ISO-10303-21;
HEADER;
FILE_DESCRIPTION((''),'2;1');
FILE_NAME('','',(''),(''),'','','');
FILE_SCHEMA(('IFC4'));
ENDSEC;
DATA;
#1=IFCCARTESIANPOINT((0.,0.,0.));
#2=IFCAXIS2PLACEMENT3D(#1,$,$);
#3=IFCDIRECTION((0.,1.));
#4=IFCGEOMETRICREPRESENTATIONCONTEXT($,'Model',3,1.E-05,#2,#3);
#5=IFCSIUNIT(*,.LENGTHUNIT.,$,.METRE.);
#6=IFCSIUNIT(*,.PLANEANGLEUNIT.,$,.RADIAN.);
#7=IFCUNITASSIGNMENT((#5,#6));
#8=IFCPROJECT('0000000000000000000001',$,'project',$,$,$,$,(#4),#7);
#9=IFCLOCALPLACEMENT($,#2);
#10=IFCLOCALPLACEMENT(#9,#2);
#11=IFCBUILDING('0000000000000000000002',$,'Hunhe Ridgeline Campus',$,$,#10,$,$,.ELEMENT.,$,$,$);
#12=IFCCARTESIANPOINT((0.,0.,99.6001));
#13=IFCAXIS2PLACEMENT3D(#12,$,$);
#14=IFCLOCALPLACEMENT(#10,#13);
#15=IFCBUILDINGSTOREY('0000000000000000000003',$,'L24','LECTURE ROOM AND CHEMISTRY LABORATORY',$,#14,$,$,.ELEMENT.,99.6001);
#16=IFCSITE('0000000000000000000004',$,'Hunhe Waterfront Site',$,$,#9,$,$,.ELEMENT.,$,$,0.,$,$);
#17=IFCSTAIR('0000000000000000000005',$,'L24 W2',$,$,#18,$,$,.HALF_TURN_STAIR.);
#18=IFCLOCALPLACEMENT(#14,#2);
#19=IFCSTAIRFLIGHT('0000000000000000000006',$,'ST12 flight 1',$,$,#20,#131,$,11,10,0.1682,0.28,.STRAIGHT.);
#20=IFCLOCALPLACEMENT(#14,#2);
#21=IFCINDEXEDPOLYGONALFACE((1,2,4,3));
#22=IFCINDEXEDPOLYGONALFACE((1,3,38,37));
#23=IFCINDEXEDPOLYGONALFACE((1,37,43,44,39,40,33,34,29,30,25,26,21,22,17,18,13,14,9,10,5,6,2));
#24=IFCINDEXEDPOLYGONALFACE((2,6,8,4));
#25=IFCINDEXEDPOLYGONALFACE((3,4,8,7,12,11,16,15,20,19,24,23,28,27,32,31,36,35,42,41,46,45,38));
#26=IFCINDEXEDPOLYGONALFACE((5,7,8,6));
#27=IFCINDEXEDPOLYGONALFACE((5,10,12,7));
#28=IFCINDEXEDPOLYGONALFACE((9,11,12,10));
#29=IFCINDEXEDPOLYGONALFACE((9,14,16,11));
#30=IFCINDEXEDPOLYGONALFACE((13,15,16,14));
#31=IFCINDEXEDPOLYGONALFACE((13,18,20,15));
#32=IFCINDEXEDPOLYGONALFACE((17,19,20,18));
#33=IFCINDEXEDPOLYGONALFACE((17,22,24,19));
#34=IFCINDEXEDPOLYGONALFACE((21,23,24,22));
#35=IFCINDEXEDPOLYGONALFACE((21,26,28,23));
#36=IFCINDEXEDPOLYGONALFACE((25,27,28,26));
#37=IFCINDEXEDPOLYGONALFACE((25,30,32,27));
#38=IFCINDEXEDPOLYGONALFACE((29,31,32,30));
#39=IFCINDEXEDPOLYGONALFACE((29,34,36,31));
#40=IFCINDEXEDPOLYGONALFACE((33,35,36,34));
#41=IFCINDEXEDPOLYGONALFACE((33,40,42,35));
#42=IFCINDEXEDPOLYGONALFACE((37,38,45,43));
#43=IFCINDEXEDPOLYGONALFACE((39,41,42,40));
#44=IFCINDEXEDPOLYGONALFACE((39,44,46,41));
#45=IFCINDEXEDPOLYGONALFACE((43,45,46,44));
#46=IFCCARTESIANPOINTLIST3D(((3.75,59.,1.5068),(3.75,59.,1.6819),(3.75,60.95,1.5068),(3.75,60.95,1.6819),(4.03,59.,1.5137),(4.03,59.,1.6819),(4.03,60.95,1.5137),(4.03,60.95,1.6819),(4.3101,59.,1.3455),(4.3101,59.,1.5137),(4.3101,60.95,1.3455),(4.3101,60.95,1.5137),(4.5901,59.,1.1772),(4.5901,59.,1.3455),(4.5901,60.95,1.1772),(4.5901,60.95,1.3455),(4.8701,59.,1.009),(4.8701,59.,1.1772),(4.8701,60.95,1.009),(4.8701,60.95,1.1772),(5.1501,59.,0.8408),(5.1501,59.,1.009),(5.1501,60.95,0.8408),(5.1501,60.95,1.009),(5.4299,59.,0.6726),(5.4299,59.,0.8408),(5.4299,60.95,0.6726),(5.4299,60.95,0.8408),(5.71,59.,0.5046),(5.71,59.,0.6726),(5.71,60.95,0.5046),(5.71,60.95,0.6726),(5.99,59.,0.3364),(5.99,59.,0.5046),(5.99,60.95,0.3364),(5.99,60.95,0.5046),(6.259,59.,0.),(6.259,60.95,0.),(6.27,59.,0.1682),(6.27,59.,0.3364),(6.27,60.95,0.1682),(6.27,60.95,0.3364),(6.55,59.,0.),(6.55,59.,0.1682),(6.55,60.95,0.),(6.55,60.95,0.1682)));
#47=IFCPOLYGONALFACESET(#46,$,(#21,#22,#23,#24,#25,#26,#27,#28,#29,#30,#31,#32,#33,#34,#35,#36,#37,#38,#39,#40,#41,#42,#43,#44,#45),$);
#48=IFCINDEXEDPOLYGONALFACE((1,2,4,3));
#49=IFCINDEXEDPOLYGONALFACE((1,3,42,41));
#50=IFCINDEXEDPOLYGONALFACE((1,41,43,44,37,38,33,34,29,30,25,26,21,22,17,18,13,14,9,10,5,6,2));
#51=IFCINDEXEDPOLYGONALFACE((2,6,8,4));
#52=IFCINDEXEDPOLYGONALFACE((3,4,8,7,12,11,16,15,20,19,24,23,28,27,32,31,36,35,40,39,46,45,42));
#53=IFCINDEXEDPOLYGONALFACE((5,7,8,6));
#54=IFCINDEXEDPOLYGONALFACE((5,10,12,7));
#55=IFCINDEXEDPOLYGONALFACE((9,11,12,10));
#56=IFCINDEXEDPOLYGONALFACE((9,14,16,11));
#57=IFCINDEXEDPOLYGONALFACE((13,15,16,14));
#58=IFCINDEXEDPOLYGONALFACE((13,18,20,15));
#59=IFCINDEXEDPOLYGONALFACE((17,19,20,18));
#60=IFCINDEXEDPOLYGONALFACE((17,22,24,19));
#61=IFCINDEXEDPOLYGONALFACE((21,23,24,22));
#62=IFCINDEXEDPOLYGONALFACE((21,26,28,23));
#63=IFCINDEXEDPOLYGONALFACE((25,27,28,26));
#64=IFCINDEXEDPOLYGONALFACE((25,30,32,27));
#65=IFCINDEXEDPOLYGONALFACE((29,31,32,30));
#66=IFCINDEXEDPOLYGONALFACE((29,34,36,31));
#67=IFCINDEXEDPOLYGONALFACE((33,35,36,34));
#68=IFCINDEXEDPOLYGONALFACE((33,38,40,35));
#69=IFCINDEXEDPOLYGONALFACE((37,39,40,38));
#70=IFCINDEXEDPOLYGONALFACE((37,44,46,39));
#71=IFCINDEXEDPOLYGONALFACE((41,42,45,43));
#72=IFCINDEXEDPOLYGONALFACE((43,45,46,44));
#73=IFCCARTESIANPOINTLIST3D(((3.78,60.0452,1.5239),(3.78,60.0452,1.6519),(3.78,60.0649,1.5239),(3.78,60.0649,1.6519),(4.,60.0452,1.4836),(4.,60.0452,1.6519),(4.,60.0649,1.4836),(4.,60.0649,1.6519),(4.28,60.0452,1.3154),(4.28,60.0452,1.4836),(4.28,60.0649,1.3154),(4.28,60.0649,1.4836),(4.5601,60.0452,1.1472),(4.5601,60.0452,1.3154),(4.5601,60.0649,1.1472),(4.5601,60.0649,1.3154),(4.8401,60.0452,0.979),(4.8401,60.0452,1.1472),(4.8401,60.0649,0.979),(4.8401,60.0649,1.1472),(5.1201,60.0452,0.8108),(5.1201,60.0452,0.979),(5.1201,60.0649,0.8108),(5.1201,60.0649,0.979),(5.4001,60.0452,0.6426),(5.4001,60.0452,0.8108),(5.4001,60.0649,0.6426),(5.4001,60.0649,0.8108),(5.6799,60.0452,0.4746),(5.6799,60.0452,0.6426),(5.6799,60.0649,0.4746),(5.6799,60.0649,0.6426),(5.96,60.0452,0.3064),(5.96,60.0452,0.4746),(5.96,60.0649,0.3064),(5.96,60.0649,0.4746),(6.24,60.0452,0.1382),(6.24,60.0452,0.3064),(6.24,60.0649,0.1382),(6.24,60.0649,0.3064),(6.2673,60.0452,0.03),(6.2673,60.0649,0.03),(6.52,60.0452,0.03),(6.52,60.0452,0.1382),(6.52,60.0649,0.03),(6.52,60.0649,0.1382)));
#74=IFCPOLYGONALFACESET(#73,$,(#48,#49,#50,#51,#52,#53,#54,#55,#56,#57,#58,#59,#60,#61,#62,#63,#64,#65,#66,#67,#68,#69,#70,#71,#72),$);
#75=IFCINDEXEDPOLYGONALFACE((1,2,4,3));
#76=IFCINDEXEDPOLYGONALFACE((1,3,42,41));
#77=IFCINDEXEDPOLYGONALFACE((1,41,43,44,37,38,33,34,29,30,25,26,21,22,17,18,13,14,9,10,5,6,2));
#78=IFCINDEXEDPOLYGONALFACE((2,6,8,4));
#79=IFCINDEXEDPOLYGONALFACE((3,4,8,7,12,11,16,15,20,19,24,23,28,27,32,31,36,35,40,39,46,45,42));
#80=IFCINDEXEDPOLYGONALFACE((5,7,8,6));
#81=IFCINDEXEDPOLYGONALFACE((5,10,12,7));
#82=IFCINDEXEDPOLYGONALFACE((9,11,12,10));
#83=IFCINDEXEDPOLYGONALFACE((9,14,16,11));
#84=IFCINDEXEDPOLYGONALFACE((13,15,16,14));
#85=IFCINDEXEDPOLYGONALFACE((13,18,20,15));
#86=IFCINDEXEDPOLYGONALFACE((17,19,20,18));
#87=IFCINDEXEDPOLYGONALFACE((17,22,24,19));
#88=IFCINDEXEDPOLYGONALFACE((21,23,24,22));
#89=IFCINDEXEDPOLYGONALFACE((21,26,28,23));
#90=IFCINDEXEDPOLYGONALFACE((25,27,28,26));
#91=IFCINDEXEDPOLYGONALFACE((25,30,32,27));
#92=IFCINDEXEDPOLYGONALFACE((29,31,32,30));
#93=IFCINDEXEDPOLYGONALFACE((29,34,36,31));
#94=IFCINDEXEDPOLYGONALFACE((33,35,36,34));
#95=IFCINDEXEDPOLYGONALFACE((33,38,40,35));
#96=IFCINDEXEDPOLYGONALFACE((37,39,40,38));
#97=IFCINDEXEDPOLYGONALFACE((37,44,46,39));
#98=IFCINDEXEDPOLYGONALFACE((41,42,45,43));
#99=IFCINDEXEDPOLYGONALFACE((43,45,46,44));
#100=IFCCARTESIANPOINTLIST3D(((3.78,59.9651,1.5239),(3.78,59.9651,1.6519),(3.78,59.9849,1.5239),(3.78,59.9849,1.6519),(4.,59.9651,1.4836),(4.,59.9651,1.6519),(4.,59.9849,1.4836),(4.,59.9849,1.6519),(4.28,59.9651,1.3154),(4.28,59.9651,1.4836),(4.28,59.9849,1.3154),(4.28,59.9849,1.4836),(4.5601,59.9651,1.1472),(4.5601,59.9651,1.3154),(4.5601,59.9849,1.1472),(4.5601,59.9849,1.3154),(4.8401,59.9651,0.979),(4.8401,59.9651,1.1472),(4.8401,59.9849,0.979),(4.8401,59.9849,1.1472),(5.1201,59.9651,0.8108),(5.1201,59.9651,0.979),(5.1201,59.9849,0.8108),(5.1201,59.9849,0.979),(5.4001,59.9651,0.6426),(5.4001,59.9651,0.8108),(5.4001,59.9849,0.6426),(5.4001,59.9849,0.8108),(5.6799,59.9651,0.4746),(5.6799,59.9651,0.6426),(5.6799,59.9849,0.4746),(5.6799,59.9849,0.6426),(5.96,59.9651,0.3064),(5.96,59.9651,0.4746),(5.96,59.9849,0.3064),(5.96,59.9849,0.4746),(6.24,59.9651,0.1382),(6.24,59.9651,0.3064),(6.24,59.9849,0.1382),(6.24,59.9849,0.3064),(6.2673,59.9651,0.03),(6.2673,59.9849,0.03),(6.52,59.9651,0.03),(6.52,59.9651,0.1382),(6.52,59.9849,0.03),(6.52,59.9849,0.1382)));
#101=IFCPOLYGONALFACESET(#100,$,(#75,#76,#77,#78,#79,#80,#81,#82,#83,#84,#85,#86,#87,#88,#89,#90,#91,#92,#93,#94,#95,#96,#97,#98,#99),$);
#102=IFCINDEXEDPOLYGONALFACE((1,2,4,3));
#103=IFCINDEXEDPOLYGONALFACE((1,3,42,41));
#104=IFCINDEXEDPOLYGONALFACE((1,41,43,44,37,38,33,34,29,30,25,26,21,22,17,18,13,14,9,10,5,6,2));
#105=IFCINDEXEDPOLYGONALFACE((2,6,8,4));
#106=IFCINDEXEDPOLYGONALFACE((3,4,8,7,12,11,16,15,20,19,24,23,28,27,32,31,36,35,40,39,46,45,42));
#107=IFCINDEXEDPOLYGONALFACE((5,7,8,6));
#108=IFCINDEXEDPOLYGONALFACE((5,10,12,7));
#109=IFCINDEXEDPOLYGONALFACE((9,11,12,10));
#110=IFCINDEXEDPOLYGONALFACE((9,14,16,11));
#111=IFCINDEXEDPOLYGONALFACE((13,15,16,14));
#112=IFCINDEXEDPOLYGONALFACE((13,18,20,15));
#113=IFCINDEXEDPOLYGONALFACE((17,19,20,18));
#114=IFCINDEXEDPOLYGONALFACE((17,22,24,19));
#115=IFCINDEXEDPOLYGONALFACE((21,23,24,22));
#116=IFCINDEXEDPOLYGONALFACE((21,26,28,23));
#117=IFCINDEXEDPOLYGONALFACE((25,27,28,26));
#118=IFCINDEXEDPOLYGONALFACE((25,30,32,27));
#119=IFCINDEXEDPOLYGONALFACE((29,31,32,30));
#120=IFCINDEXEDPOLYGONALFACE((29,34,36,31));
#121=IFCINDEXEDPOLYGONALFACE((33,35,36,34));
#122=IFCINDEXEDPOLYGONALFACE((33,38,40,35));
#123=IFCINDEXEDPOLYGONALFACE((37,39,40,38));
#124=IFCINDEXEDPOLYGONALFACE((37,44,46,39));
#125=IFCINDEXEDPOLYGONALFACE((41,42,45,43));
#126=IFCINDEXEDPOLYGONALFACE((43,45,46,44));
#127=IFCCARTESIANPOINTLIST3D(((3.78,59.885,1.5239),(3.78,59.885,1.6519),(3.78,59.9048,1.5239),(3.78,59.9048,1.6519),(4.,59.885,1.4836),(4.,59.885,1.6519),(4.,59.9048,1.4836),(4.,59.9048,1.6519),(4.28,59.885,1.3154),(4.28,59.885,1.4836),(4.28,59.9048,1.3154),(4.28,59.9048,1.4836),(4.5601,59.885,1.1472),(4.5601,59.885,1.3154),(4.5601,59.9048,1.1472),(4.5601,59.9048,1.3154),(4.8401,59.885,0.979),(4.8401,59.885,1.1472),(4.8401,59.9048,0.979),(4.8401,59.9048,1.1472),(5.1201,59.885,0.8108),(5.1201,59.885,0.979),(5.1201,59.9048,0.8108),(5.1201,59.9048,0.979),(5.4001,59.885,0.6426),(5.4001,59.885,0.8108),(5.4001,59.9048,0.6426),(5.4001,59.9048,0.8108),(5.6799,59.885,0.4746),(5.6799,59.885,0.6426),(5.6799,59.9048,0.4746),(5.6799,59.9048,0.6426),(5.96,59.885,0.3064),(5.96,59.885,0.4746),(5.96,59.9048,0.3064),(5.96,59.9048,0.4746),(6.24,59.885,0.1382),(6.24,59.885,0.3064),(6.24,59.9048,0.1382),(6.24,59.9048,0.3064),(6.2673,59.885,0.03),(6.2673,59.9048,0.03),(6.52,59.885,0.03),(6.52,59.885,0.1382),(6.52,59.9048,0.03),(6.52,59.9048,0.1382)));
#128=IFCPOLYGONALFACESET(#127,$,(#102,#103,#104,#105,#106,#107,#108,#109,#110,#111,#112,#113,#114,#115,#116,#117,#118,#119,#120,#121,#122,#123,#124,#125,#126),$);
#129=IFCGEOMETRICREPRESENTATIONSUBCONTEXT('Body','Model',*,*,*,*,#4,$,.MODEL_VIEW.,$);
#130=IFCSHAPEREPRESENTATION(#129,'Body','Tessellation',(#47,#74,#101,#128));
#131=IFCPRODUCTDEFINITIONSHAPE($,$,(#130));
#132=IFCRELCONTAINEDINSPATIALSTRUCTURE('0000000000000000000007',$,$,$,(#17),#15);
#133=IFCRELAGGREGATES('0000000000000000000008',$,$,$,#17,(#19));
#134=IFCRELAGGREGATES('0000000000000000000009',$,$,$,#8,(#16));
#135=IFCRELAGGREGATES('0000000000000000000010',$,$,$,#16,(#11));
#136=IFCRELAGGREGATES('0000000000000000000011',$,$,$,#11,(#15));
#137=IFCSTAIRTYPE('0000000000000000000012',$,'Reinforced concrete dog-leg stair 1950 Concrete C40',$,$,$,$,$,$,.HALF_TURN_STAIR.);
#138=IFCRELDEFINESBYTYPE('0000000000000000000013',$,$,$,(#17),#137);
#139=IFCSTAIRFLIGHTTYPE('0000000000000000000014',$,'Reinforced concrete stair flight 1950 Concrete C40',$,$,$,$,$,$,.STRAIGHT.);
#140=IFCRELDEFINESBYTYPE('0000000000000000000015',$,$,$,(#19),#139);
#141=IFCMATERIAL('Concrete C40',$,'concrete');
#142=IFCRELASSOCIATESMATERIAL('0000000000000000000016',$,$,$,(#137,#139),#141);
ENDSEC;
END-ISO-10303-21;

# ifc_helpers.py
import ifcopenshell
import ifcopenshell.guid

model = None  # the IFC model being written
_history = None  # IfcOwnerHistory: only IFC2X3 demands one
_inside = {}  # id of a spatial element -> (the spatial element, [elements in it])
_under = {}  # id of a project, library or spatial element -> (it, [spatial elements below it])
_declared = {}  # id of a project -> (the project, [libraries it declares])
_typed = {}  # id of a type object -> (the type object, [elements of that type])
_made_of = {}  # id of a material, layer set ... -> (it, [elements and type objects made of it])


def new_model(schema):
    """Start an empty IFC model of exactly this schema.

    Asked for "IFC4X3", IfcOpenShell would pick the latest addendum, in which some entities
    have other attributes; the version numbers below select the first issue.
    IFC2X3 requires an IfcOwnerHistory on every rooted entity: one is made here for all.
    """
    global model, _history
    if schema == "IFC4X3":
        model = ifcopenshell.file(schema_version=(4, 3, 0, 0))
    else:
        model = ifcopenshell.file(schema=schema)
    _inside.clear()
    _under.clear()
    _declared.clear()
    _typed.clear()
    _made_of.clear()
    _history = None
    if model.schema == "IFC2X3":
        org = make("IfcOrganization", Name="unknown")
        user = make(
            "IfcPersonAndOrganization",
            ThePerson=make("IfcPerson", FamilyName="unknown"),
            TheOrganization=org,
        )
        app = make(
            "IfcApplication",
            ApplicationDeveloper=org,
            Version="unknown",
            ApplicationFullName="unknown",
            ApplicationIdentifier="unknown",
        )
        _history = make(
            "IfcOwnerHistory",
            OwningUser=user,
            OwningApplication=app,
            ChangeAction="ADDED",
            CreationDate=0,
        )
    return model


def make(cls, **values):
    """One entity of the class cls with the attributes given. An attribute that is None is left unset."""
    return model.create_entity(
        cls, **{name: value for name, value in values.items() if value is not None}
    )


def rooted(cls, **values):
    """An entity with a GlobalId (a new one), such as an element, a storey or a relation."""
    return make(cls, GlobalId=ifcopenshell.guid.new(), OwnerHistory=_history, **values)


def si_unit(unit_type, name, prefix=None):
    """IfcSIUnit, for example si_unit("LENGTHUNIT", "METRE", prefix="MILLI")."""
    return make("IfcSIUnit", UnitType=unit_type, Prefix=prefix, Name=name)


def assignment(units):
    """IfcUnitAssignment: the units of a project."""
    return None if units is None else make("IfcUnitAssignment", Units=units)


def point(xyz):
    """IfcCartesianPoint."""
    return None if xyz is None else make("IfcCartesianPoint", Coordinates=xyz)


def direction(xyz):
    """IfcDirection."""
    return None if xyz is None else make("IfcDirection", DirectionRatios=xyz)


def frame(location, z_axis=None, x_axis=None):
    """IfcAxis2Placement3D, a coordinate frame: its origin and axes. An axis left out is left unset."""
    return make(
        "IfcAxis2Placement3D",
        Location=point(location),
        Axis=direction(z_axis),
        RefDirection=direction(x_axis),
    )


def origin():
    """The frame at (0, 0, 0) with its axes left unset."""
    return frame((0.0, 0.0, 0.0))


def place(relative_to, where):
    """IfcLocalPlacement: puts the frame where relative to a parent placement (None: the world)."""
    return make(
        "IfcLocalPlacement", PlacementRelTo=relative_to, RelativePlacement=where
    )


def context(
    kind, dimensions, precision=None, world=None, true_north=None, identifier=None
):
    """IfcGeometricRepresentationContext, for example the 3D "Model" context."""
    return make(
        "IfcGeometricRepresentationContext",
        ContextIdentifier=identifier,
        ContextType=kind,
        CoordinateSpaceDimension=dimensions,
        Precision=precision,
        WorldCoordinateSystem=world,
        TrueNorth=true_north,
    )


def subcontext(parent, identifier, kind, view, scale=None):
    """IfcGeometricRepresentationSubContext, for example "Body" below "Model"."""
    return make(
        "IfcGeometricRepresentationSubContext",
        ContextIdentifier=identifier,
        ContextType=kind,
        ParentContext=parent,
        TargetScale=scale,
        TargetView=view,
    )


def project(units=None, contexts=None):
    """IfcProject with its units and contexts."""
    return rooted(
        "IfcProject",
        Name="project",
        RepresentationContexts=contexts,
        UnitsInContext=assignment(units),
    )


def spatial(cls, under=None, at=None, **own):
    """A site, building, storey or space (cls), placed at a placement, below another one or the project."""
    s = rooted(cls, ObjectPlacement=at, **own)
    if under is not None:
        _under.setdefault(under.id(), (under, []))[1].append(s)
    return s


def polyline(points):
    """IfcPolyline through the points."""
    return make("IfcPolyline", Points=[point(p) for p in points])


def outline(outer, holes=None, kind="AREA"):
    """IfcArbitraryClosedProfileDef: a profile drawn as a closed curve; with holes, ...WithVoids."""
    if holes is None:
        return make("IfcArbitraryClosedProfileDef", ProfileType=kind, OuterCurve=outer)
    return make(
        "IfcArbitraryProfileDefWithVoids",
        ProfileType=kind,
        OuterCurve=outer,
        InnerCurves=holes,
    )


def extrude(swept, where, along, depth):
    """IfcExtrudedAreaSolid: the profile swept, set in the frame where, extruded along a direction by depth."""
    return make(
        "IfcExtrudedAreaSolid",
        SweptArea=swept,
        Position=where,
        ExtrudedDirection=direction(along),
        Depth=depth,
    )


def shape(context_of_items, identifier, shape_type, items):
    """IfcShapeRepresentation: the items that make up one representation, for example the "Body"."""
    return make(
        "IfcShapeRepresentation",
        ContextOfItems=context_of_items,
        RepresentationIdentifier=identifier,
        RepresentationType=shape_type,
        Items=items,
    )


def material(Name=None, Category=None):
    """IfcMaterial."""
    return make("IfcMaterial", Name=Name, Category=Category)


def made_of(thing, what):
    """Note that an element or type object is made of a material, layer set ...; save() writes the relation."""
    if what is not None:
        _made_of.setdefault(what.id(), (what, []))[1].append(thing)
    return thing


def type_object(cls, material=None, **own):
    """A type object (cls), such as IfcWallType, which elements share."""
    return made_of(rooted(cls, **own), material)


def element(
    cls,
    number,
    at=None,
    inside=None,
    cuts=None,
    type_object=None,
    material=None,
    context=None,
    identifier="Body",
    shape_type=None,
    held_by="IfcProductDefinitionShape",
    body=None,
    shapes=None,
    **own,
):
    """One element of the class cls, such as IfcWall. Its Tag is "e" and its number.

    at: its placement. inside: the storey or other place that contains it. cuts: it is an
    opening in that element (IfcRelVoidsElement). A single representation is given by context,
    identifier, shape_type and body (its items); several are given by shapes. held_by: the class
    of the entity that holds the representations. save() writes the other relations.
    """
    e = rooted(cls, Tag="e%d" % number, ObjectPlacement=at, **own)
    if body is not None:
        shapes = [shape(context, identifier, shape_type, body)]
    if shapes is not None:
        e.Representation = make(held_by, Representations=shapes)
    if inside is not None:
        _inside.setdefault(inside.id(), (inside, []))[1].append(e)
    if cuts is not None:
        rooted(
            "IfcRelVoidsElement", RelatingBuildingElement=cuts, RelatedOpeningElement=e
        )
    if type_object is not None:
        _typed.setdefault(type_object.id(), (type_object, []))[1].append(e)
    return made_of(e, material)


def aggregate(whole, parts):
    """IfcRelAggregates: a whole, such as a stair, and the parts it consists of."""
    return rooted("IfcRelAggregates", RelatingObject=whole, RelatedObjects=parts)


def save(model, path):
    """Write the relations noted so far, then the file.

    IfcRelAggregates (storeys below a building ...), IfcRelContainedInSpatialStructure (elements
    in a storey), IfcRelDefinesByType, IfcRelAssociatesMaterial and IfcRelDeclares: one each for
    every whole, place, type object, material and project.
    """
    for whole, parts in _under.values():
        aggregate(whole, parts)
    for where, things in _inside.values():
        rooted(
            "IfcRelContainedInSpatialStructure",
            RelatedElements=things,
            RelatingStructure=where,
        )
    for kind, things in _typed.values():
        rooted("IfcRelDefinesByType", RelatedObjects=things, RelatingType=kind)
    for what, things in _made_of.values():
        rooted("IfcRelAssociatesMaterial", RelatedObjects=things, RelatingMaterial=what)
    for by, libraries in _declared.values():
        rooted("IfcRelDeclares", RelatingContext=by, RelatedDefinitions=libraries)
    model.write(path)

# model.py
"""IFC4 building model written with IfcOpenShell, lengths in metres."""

from ifc_helpers import new_model, si_unit, direction, frame, origin, place, context, subcontext, project, spatial, polyline, outline, extrude, material, type_object, element, aggregate, save


model = new_model("IFC4")

# Units and contexts
model_context = context("Model", 3, precision=1e-05, world=origin(), true_north=direction((0.0, 1.0)))
body_context = subcontext(model_context, "Body", "Model", "MODEL_VIEW")
ifc_project = project(units=[si_unit("LENGTHUNIT", "METRE"), si_unit("PLANEANGLEUNIT", "RADIAN")], contexts=[model_context])

# Site, building, storey
site_placement = place(None, origin())
site = spatial("IfcSite", under=ifc_project, at=site_placement, Name="Hunhe Waterfront Site", CompositionType="ELEMENT", RefElevation=0.0)
building_placement = place(site_placement, origin())
building = spatial("IfcBuilding", under=site, at=building_placement, Name="Hunhe Ridgeline Campus", CompositionType="ELEMENT")
storey_placement = place(building_placement, frame((0.0, 0.0, 99.6001)))
storey = spatial("IfcBuildingStorey", under=building, at=storey_placement, Name="L24", Description="LECTURE ROOM AND CHEMISTRY LABORATORY", CompositionType="ELEMENT", Elevation=99.6001)

# Stair, stair flight
ifc_material_1 = material(Name="Concrete C40", Category="concrete")
stair_type = type_object("IfcStairType", Name="Reinforced concrete dog-leg stair 1950 Concrete C40", PredefinedType="HALF_TURN_STAIR", material=ifc_material_1)
stair_placement = place(storey_placement, origin())
stair = element("IfcStair", 1, at=stair_placement, inside=storey, type_object=stair_type, Name="L24 W2", PredefinedType="HALF_TURN_STAIR")
stair_flight_type = type_object("IfcStairFlightType", Name="Reinforced concrete stair flight 1950 Concrete C40", PredefinedType="STRAIGHT", material=ifc_material_1)
stair_flight_1_placement = place(storey_placement, frame((6.55, 59.9751, 0.0), z_axis=(0.0, 0.0, 1.0), x_axis=(-1.0, 0.0, 0.0)))
stair_flight_1 = element("IfcStairFlight", 2, at=stair_flight_1_placement, type_object=stair_flight_type, Name="ST12 flight 1", NumberOfRisers=11, NumberOfTreads=10, PredefinedType="STRAIGHT", RiserHeight=0.1682, TreadLength=0.28, context=body_context, shape_type="SweptSolid", body=[
    extrude(outline(polyline([(0.0, 0.0), (0.0, 0.1682), (0.28, 0.1682), (0.28, 0.3364), (0.5601, 0.3364), (0.5601, 0.5046), (0.8401, 0.5046), (0.8401, 0.6726), (1.1201, 0.6726), (1.1201, 0.8408), (1.3999, 0.8408), (1.3999, 1.009), (1.6799, 1.009), (1.6799, 1.1772), (1.96, 1.1772), (1.96, 1.3455), (2.24, 1.3455), (2.24, 1.5137), (2.52, 1.5137), (2.52, 1.6819), (2.8, 1.6819), (2.8, 1.8501), (2.8, 1.5068), (0.291, 0.0), (0.0, 0.0)])), frame((0.0, 0.9751, 0.0), z_axis=(0.0, -1.0, 0.0), x_axis=(1.0, 0.0, 0.0)), (0.0, 0.0, 1.0), 1.95),
    extrude(outline(polyline([(0.03, 0.03), (0.03, 0.1382), (0.3101, 0.1382), (0.3101, 0.3064), (0.5901, 0.3064), (0.5901, 0.4746), (0.8701, 0.4746), (0.8701, 0.6426), (1.1499, 0.6426), (1.1499, 0.8108), (1.4299, 0.8108), (1.4299, 0.979), (1.71, 0.979), (1.71, 1.1472), (1.99, 1.1472), (1.99, 1.3154), (2.27, 1.3154), (2.27, 1.4836), (2.55, 1.4836), (2.55, 1.6519), (2.77, 1.6519), (2.77, 1.5239), (0.2827, 0.03), (0.03, 0.03)])), frame((0.0, -0.0701, 0.0), z_axis=(0.0, -1.0, 0.0), x_axis=(1.0, 0.0, 0.0)), (0.0, 0.0, 1.0), 0.0198),
    extrude(outline(polyline([(0.03, 0.03), (0.03, 0.1382), (0.3101, 0.1382), (0.3101, 0.3064), (0.5901, 0.3064), (0.5901, 0.4746), (0.8701, 0.4746), (0.8701, 0.6426), (1.1499, 0.6426), (1.1499, 0.8108), (1.4299, 0.8108), (1.4299, 0.979), (1.71, 0.979), (1.71, 1.1472), (1.99, 1.1472), (1.99, 1.3154), (2.27, 1.3154), (2.27, 1.4836), (2.55, 1.4836), (2.55, 1.6519), (2.77, 1.6519), (2.77, 1.5239), (0.2827, 0.03), (0.03, 0.03)])), frame((0.0, 0.01, 0.0), z_axis=(0.0, -1.0, 0.0), x_axis=(1.0, 0.0, 0.0)), (0.0, 0.0, 1.0), 0.0198),
    extrude(outline(polyline([(0.03, 0.03), (0.03, 0.1382), (0.3101, 0.1382), (0.3101, 0.3064), (0.5901, 0.3064), (0.5901, 0.4746), (0.8701, 0.4746), (0.8701, 0.6426), (1.1499, 0.6426), (1.1499, 0.8108), (1.4299, 0.8108), (1.4299, 0.979), (1.71, 0.979), (1.71, 1.1472), (1.99, 1.1472), (1.99, 1.3154), (2.27, 1.3154), (2.27, 1.4836), (2.55, 1.4836), (2.55, 1.6519), (2.77, 1.6519), (2.77, 1.5239), (0.2827, 0.03), (0.03, 0.03)])), frame((0.0, 0.0901, 0.0), z_axis=(0.0, -1.0, 0.0), x_axis=(1.0, 0.0, 0.0)), (0.0, 0.0, 1.0), 0.0198),
])
aggregate(stair, [stair_flight_1])

save(model, "model.ifc")
